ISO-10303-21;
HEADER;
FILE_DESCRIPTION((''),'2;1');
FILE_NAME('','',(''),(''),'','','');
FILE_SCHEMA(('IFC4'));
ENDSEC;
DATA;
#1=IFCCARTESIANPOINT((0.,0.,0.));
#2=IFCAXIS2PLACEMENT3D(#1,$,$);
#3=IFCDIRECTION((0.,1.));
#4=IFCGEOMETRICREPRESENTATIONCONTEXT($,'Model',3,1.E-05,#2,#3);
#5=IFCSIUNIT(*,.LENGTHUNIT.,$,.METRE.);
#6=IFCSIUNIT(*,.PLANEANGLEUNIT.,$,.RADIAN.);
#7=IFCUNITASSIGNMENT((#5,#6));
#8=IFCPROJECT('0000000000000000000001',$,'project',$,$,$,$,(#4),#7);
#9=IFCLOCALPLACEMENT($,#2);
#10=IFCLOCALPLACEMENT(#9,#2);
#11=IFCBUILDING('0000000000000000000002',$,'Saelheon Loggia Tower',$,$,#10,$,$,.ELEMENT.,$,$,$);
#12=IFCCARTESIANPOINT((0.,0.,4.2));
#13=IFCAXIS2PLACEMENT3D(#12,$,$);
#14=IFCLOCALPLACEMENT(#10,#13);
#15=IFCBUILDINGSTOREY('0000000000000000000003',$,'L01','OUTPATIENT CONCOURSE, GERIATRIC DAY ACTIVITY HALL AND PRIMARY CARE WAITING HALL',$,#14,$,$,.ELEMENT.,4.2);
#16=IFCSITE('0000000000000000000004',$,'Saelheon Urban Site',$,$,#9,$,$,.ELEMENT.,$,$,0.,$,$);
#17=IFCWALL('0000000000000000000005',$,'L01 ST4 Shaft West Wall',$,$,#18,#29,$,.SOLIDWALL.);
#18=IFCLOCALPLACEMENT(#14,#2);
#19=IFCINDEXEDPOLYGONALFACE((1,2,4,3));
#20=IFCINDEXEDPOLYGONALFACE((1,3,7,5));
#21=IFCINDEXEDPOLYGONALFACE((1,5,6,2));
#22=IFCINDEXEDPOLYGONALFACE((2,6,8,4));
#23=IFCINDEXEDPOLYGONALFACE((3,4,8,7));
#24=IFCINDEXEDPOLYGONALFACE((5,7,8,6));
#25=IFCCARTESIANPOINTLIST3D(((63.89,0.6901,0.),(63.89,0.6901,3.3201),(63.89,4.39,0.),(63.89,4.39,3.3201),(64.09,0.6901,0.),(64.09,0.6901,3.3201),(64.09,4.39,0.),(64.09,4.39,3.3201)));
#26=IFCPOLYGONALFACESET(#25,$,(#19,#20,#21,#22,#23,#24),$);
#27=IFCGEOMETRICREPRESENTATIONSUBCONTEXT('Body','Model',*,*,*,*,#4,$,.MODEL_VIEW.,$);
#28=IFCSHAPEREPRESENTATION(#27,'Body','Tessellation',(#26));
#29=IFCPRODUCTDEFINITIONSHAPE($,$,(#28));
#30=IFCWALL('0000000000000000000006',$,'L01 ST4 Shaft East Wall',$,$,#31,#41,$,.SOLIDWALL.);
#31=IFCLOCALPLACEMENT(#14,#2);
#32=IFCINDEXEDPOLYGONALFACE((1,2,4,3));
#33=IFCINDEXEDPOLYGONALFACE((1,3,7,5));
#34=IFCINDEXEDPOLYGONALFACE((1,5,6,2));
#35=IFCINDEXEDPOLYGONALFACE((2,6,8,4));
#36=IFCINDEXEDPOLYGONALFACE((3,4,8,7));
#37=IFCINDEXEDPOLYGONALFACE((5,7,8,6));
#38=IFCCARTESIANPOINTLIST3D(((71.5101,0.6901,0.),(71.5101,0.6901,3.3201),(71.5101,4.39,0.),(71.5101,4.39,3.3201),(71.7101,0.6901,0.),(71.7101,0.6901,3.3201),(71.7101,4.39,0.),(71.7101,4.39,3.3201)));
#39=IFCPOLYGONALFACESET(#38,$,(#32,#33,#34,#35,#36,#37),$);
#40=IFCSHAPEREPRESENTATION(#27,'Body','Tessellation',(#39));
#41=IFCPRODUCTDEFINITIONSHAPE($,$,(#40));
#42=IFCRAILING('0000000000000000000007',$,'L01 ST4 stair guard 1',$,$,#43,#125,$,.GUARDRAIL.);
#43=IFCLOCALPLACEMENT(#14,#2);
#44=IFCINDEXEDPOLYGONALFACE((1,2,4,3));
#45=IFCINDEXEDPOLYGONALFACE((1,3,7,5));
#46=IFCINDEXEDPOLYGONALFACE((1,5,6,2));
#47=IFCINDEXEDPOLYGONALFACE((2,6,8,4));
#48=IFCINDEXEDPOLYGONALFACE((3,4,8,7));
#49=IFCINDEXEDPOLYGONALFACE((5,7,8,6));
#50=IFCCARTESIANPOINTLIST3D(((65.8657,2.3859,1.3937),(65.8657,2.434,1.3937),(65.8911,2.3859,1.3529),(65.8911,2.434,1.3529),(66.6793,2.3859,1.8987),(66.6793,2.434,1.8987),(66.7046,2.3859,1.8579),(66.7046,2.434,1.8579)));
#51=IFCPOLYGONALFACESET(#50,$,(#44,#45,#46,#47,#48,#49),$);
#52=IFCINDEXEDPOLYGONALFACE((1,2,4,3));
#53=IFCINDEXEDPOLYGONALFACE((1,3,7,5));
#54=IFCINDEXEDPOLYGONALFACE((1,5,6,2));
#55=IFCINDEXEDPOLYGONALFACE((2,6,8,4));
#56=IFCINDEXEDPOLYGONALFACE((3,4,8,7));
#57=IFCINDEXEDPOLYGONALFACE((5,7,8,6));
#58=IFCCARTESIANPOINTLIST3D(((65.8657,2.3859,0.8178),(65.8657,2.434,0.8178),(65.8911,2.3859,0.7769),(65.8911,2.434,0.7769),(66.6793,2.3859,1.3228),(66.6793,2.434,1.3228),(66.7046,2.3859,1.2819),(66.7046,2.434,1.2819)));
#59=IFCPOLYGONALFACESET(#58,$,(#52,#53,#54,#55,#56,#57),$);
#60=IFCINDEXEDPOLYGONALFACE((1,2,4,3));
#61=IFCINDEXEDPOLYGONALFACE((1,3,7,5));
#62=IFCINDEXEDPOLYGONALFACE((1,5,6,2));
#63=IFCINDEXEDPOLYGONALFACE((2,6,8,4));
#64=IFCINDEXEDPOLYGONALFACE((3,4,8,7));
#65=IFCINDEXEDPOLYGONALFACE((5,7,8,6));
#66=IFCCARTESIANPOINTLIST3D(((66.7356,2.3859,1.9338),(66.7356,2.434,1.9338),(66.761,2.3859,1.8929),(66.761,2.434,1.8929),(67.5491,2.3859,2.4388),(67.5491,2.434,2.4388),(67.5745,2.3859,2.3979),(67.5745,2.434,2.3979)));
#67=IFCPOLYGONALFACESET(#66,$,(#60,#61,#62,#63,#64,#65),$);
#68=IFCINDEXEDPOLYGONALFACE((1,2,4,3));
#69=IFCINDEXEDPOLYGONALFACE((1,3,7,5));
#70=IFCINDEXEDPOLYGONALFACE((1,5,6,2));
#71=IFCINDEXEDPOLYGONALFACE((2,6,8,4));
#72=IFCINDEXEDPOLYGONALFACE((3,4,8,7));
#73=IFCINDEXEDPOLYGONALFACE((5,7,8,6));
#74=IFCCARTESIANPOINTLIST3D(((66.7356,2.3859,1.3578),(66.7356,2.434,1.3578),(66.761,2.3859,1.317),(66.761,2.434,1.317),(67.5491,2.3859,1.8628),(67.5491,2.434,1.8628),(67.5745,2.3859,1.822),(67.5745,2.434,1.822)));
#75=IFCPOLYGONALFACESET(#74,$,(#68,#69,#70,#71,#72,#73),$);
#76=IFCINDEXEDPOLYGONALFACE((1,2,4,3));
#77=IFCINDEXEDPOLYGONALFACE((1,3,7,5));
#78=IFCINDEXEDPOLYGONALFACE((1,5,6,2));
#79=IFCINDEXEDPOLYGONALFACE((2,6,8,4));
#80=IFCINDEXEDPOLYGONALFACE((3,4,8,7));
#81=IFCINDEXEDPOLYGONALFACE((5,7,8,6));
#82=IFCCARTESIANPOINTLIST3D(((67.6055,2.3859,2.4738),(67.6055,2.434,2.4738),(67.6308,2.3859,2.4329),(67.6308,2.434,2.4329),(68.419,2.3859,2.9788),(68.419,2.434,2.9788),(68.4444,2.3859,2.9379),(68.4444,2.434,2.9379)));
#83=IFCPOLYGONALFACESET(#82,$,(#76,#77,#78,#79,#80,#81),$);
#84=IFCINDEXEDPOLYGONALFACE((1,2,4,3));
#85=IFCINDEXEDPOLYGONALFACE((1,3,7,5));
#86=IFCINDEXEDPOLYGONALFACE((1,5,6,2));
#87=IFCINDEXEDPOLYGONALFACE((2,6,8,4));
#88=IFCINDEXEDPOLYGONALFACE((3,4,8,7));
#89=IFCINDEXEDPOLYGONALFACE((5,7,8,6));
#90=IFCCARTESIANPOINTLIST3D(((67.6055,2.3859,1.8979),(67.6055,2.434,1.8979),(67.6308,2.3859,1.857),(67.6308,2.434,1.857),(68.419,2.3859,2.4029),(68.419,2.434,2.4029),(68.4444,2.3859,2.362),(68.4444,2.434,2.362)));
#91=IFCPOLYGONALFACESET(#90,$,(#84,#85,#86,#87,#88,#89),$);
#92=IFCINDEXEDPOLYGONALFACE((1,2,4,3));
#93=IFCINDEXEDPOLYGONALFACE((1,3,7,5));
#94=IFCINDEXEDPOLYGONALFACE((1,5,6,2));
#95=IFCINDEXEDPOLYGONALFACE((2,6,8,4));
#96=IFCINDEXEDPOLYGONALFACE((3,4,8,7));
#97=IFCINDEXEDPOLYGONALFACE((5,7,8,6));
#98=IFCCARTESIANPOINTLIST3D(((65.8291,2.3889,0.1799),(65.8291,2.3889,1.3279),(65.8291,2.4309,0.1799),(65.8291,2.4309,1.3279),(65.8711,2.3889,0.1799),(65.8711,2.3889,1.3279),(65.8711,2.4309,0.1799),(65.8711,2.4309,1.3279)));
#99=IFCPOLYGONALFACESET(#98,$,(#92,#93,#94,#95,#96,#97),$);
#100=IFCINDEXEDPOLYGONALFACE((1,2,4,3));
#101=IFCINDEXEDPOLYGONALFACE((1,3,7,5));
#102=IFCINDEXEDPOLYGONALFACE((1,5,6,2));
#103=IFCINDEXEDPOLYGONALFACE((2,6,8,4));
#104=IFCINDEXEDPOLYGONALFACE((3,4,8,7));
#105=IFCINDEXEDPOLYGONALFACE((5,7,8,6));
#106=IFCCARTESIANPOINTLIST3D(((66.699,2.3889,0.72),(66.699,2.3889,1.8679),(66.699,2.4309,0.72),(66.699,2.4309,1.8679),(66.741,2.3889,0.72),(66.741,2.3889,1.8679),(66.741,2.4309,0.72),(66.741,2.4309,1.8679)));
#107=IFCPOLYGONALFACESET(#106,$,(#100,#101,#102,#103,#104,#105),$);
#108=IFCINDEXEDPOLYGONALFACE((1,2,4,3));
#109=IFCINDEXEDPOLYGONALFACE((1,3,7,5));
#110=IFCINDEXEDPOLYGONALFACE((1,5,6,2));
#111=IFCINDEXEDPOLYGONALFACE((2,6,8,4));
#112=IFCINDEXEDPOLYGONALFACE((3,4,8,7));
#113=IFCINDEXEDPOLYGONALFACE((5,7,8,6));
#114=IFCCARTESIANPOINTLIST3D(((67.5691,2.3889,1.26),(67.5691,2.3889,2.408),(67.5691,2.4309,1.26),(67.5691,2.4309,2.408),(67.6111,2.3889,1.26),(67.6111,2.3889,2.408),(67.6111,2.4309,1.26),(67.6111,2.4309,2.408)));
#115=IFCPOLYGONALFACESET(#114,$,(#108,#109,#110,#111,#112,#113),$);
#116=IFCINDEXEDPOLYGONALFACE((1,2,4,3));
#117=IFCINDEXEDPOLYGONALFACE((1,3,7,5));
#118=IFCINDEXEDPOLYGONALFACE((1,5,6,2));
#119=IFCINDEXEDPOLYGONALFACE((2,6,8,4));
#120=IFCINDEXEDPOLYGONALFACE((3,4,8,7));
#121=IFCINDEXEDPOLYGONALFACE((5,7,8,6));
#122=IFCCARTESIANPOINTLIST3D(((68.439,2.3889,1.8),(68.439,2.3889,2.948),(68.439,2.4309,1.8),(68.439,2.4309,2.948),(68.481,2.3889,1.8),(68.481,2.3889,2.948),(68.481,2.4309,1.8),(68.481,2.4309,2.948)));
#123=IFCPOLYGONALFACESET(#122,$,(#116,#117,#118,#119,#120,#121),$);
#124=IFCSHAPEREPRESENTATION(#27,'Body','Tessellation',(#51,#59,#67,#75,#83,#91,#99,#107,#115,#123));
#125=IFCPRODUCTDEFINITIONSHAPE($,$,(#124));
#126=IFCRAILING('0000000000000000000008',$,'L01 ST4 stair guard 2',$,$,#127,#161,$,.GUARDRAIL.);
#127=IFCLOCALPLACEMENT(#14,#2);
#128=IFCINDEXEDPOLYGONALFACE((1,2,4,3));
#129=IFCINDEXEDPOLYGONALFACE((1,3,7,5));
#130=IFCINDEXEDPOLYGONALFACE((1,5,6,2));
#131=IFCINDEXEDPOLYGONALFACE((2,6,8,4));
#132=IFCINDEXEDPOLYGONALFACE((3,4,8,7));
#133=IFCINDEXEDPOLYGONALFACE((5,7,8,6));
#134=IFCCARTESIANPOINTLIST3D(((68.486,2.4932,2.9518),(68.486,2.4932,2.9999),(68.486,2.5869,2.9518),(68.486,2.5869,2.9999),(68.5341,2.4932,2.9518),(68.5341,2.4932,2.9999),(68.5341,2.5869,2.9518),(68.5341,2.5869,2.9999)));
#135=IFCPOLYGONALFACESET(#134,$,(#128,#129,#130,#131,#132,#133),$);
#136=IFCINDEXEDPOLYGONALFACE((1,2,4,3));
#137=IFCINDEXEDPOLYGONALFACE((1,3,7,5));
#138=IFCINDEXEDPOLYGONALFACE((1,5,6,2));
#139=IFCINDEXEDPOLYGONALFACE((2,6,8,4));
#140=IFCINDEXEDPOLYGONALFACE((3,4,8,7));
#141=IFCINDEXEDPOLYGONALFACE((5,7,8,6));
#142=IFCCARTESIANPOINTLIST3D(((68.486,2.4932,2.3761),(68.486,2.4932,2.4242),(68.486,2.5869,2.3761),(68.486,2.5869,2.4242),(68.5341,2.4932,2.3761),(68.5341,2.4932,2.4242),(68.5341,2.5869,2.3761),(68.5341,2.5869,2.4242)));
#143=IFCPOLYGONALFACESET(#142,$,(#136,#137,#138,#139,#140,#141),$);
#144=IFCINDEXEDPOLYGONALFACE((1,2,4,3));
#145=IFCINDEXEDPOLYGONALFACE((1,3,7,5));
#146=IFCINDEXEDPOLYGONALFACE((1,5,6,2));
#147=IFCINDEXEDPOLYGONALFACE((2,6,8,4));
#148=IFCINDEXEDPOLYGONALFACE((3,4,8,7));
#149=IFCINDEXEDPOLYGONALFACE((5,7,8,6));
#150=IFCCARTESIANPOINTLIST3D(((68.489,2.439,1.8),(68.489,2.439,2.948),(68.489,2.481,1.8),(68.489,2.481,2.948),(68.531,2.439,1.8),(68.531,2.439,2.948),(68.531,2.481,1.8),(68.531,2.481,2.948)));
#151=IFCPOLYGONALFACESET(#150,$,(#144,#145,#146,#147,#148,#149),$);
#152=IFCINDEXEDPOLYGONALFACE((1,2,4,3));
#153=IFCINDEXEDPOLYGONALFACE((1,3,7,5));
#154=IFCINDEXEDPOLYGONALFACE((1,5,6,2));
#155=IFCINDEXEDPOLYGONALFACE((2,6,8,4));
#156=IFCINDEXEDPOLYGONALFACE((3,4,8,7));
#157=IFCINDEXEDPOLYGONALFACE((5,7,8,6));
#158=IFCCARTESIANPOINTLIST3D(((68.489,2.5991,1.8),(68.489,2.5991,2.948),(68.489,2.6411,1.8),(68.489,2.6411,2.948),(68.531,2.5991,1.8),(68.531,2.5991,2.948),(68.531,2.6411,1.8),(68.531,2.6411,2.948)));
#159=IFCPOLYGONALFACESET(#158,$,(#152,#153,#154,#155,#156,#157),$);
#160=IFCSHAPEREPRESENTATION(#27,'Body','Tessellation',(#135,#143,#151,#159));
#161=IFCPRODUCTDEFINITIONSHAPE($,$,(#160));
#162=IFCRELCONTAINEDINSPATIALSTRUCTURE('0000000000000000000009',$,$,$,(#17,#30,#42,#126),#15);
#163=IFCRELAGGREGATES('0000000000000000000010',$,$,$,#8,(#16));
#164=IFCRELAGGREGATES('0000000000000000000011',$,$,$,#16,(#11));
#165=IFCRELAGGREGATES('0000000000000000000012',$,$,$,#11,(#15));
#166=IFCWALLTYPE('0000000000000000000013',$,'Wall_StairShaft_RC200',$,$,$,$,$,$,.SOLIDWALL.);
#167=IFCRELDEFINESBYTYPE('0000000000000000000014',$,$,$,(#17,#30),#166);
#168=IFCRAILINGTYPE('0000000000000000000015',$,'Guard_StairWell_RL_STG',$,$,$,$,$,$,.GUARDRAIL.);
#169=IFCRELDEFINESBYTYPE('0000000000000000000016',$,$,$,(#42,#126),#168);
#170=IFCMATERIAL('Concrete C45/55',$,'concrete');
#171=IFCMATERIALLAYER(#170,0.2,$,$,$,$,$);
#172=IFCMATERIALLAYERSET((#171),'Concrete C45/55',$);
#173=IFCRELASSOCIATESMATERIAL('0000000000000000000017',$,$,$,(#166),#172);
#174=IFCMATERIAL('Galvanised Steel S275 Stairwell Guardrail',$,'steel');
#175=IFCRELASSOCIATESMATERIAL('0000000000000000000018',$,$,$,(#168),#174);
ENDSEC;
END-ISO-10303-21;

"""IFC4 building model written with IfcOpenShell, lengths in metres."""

from ifc_helpers import new_model, si_unit, direction, frame, frame_2d, origin, origin_2d, place, context, subcontext, project, spatial, rectangle, extrude, material, layer, layer_set, type_object, element, save


model = new_model("IFC4")

# Units and contexts
model_context = context("Model", 3, precision=1e-05, world=origin(), true_north=direction((0.0, 1.0)))
body_context = subcontext(model_context, "Body", "Model", "MODEL_VIEW")
ifc_project = project(units=[si_unit("LENGTHUNIT", "METRE"), si_unit("PLANEANGLEUNIT", "RADIAN")], contexts=[model_context])

# Site, building, storey
site_placement = place(None, origin())
site = spatial("IfcSite", under=ifc_project, at=site_placement, Name="Saelheon Urban Site", CompositionType="ELEMENT", RefElevation=0.0)
building_placement = place(site_placement, origin())
building = spatial("IfcBuilding", under=site, at=building_placement, Name="Saelheon Loggia Tower", CompositionType="ELEMENT")
storey_placement = place(building_placement, frame((0.0, 0.0, 4.2)))
storey = spatial("IfcBuildingStorey", under=building, at=storey_placement, Name="L01", Description="OUTPATIENT CONCOURSE, GERIATRIC DAY ACTIVITY HALL AND PRIMARY CARE WAITING HALL", CompositionType="ELEMENT", Elevation=4.2)

# Shared definitions
ifc_material_1 = material(Name="Concrete C45/55", Category="concrete")

# Walls
ifc_layer_1 = layer(ifc_material_1, 0.2)
ifc_layer_set_1 = layer_set([ifc_layer_1], Name="Concrete C45/55")
wall_type_1 = type_object("IfcWallType", Name="Wall_StairShaft_RC200", PredefinedType="SOLIDWALL", material=ifc_layer_set_1)
for number, where, z_axis, x_axis, name in (
    (1, (63.99, 0.6899, 0.0), (0.0, 0.0, 1.0), (0.0, 1.0, 0.0), "L01 ST4 Shaft West Wall"),
    (2, (71.6101, 0.6899, 0.0), (0.0, 0.0, 1.0), (0.0, 1.0, 0.0), "L01 ST4 Shaft East Wall"),
):
    element("IfcWall", number, at=place(storey_placement, frame(where, z_axis=z_axis, x_axis=x_axis)), inside=storey, type_object=wall_type_1, Name=name, PredefinedType="SOLIDWALL", context=body_context, shape_type="SweptSolid", body=[
        extrude(rectangle(XDim=3.7, YDim=0.2, at=frame_2d((1.8501, 0.0))), origin(), (0.0, 0.0, 1.0), 3.3201),
    ])

# Railings
ifc_material_2 = material(Name="Galvanised Steel S275 Stairwell Guardrail", Category="steel")
railing_type_1 = type_object("IfcRailingType", Name="Guard_StairWell_RL_STG", PredefinedType="GUARDRAIL", material=ifc_material_2)
railing_1_placement = place(storey_placement, frame((65.8501, 2.4099, 0.1799)))
element("IfcRailing", 3, at=railing_1_placement, inside=storey, type_object=railing_type_1, Name="L01 ST4 stair guard 1", PredefinedType="GUARDRAIL", context=body_context, shape_type="SweptSolid", body=[
    extrude(rectangle(XDim=0.0481, YDim=0.0481, at=origin_2d()), frame((0.0283, 0.0, 1.1934), z_axis=(0.849611, 0.0, 0.52741), x_axis=(0.0, 1.0, 0.0)), (0.0, 0.0, 1.0), 0.9575),
    extrude(rectangle(XDim=0.0481, YDim=0.0481, at=origin_2d()), frame((0.0283, 0.0, 0.6174), z_axis=(0.849611, 0.0, 0.52741), x_axis=(0.0, 1.0, 0.0)), (0.0, 0.0, 1.0), 0.9575),
    extrude(rectangle(XDim=0.0481, YDim=0.0481, at=origin_2d()), frame((0.8982, 0.0, 1.7334), z_axis=(0.849611, 0.0, 0.52741), x_axis=(0.0, 1.0, 0.0)), (0.0, 0.0, 1.0), 0.9575),
    extrude(rectangle(XDim=0.0481, YDim=0.0481, at=origin_2d()), frame((0.8982, 0.0, 1.1575), z_axis=(0.849611, 0.0, 0.52741), x_axis=(0.0, 1.0, 0.0)), (0.0, 0.0, 1.0), 0.9575),
    extrude(rectangle(XDim=0.0481, YDim=0.0481, at=origin_2d()), frame((1.7681, 0.0, 2.2734), z_axis=(0.849611, 0.0, 0.52741), x_axis=(0.0, 1.0, 0.0)), (0.0, 0.0, 1.0), 0.9575),
    extrude(rectangle(XDim=0.0481, YDim=0.0481, at=origin_2d()), frame((1.7681, 0.0, 1.6975), z_axis=(0.849611, 0.0, 0.52741), x_axis=(0.0, 1.0, 0.0)), (0.0, 0.0, 1.0), 0.9575),
    extrude(rectangle(XDim=0.042, YDim=0.042, at=origin_2d()), origin(), (0.0, 0.0, 1.0), 1.1479),
    extrude(rectangle(XDim=0.042, YDim=0.042, at=origin_2d()), frame((0.8699, 0.0, 0.54)), (0.0, 0.0, 1.0), 1.1479),
    extrude(rectangle(XDim=0.042, YDim=0.042, at=origin_2d()), frame((1.74, 0.0, 1.0801)), (0.0, 0.0, 1.0), 1.1479),
    extrude(rectangle(XDim=0.042, YDim=0.042, at=origin_2d()), frame((2.6099, 0.0, 1.6201)), (0.0, 0.0, 1.0), 1.1479),
])
railing_2_placement = place(storey_placement, frame((68.51, 2.46, 1.8)))
element("IfcRailing", 4, at=railing_2_placement, inside=storey, type_object=railing_type_1, Name="L01 ST4 stair guard 2", PredefinedType="GUARDRAIL", context=body_context, shape_type="SweptSolid", body=[
    extrude(rectangle(XDim=0.0481, YDim=0.0481, at=origin_2d()), frame((0.0, 0.0332, 1.1758), z_axis=(0.0, 1.0, 0.0), x_axis=(-1.0, 0.0, 0.0)), (0.0, 0.0, 1.0), 0.0938),
    extrude(rectangle(XDim=0.0481, YDim=0.0481, at=origin_2d()), frame((0.0, 0.0332, 0.6001), z_axis=(0.0, 1.0, 0.0), x_axis=(-1.0, 0.0, 0.0)), (0.0, 0.0, 1.0), 0.0938),
    extrude(rectangle(XDim=0.042, YDim=0.042, at=origin_2d()), origin(), (0.0, 0.0, 1.0), 1.1479),
    extrude(rectangle(XDim=0.042, YDim=0.042, at=origin_2d()), frame((0.0, 0.1602, 0.0)), (0.0, 0.0, 1.0), 1.1479),
])

save(model, "model.ifc")
